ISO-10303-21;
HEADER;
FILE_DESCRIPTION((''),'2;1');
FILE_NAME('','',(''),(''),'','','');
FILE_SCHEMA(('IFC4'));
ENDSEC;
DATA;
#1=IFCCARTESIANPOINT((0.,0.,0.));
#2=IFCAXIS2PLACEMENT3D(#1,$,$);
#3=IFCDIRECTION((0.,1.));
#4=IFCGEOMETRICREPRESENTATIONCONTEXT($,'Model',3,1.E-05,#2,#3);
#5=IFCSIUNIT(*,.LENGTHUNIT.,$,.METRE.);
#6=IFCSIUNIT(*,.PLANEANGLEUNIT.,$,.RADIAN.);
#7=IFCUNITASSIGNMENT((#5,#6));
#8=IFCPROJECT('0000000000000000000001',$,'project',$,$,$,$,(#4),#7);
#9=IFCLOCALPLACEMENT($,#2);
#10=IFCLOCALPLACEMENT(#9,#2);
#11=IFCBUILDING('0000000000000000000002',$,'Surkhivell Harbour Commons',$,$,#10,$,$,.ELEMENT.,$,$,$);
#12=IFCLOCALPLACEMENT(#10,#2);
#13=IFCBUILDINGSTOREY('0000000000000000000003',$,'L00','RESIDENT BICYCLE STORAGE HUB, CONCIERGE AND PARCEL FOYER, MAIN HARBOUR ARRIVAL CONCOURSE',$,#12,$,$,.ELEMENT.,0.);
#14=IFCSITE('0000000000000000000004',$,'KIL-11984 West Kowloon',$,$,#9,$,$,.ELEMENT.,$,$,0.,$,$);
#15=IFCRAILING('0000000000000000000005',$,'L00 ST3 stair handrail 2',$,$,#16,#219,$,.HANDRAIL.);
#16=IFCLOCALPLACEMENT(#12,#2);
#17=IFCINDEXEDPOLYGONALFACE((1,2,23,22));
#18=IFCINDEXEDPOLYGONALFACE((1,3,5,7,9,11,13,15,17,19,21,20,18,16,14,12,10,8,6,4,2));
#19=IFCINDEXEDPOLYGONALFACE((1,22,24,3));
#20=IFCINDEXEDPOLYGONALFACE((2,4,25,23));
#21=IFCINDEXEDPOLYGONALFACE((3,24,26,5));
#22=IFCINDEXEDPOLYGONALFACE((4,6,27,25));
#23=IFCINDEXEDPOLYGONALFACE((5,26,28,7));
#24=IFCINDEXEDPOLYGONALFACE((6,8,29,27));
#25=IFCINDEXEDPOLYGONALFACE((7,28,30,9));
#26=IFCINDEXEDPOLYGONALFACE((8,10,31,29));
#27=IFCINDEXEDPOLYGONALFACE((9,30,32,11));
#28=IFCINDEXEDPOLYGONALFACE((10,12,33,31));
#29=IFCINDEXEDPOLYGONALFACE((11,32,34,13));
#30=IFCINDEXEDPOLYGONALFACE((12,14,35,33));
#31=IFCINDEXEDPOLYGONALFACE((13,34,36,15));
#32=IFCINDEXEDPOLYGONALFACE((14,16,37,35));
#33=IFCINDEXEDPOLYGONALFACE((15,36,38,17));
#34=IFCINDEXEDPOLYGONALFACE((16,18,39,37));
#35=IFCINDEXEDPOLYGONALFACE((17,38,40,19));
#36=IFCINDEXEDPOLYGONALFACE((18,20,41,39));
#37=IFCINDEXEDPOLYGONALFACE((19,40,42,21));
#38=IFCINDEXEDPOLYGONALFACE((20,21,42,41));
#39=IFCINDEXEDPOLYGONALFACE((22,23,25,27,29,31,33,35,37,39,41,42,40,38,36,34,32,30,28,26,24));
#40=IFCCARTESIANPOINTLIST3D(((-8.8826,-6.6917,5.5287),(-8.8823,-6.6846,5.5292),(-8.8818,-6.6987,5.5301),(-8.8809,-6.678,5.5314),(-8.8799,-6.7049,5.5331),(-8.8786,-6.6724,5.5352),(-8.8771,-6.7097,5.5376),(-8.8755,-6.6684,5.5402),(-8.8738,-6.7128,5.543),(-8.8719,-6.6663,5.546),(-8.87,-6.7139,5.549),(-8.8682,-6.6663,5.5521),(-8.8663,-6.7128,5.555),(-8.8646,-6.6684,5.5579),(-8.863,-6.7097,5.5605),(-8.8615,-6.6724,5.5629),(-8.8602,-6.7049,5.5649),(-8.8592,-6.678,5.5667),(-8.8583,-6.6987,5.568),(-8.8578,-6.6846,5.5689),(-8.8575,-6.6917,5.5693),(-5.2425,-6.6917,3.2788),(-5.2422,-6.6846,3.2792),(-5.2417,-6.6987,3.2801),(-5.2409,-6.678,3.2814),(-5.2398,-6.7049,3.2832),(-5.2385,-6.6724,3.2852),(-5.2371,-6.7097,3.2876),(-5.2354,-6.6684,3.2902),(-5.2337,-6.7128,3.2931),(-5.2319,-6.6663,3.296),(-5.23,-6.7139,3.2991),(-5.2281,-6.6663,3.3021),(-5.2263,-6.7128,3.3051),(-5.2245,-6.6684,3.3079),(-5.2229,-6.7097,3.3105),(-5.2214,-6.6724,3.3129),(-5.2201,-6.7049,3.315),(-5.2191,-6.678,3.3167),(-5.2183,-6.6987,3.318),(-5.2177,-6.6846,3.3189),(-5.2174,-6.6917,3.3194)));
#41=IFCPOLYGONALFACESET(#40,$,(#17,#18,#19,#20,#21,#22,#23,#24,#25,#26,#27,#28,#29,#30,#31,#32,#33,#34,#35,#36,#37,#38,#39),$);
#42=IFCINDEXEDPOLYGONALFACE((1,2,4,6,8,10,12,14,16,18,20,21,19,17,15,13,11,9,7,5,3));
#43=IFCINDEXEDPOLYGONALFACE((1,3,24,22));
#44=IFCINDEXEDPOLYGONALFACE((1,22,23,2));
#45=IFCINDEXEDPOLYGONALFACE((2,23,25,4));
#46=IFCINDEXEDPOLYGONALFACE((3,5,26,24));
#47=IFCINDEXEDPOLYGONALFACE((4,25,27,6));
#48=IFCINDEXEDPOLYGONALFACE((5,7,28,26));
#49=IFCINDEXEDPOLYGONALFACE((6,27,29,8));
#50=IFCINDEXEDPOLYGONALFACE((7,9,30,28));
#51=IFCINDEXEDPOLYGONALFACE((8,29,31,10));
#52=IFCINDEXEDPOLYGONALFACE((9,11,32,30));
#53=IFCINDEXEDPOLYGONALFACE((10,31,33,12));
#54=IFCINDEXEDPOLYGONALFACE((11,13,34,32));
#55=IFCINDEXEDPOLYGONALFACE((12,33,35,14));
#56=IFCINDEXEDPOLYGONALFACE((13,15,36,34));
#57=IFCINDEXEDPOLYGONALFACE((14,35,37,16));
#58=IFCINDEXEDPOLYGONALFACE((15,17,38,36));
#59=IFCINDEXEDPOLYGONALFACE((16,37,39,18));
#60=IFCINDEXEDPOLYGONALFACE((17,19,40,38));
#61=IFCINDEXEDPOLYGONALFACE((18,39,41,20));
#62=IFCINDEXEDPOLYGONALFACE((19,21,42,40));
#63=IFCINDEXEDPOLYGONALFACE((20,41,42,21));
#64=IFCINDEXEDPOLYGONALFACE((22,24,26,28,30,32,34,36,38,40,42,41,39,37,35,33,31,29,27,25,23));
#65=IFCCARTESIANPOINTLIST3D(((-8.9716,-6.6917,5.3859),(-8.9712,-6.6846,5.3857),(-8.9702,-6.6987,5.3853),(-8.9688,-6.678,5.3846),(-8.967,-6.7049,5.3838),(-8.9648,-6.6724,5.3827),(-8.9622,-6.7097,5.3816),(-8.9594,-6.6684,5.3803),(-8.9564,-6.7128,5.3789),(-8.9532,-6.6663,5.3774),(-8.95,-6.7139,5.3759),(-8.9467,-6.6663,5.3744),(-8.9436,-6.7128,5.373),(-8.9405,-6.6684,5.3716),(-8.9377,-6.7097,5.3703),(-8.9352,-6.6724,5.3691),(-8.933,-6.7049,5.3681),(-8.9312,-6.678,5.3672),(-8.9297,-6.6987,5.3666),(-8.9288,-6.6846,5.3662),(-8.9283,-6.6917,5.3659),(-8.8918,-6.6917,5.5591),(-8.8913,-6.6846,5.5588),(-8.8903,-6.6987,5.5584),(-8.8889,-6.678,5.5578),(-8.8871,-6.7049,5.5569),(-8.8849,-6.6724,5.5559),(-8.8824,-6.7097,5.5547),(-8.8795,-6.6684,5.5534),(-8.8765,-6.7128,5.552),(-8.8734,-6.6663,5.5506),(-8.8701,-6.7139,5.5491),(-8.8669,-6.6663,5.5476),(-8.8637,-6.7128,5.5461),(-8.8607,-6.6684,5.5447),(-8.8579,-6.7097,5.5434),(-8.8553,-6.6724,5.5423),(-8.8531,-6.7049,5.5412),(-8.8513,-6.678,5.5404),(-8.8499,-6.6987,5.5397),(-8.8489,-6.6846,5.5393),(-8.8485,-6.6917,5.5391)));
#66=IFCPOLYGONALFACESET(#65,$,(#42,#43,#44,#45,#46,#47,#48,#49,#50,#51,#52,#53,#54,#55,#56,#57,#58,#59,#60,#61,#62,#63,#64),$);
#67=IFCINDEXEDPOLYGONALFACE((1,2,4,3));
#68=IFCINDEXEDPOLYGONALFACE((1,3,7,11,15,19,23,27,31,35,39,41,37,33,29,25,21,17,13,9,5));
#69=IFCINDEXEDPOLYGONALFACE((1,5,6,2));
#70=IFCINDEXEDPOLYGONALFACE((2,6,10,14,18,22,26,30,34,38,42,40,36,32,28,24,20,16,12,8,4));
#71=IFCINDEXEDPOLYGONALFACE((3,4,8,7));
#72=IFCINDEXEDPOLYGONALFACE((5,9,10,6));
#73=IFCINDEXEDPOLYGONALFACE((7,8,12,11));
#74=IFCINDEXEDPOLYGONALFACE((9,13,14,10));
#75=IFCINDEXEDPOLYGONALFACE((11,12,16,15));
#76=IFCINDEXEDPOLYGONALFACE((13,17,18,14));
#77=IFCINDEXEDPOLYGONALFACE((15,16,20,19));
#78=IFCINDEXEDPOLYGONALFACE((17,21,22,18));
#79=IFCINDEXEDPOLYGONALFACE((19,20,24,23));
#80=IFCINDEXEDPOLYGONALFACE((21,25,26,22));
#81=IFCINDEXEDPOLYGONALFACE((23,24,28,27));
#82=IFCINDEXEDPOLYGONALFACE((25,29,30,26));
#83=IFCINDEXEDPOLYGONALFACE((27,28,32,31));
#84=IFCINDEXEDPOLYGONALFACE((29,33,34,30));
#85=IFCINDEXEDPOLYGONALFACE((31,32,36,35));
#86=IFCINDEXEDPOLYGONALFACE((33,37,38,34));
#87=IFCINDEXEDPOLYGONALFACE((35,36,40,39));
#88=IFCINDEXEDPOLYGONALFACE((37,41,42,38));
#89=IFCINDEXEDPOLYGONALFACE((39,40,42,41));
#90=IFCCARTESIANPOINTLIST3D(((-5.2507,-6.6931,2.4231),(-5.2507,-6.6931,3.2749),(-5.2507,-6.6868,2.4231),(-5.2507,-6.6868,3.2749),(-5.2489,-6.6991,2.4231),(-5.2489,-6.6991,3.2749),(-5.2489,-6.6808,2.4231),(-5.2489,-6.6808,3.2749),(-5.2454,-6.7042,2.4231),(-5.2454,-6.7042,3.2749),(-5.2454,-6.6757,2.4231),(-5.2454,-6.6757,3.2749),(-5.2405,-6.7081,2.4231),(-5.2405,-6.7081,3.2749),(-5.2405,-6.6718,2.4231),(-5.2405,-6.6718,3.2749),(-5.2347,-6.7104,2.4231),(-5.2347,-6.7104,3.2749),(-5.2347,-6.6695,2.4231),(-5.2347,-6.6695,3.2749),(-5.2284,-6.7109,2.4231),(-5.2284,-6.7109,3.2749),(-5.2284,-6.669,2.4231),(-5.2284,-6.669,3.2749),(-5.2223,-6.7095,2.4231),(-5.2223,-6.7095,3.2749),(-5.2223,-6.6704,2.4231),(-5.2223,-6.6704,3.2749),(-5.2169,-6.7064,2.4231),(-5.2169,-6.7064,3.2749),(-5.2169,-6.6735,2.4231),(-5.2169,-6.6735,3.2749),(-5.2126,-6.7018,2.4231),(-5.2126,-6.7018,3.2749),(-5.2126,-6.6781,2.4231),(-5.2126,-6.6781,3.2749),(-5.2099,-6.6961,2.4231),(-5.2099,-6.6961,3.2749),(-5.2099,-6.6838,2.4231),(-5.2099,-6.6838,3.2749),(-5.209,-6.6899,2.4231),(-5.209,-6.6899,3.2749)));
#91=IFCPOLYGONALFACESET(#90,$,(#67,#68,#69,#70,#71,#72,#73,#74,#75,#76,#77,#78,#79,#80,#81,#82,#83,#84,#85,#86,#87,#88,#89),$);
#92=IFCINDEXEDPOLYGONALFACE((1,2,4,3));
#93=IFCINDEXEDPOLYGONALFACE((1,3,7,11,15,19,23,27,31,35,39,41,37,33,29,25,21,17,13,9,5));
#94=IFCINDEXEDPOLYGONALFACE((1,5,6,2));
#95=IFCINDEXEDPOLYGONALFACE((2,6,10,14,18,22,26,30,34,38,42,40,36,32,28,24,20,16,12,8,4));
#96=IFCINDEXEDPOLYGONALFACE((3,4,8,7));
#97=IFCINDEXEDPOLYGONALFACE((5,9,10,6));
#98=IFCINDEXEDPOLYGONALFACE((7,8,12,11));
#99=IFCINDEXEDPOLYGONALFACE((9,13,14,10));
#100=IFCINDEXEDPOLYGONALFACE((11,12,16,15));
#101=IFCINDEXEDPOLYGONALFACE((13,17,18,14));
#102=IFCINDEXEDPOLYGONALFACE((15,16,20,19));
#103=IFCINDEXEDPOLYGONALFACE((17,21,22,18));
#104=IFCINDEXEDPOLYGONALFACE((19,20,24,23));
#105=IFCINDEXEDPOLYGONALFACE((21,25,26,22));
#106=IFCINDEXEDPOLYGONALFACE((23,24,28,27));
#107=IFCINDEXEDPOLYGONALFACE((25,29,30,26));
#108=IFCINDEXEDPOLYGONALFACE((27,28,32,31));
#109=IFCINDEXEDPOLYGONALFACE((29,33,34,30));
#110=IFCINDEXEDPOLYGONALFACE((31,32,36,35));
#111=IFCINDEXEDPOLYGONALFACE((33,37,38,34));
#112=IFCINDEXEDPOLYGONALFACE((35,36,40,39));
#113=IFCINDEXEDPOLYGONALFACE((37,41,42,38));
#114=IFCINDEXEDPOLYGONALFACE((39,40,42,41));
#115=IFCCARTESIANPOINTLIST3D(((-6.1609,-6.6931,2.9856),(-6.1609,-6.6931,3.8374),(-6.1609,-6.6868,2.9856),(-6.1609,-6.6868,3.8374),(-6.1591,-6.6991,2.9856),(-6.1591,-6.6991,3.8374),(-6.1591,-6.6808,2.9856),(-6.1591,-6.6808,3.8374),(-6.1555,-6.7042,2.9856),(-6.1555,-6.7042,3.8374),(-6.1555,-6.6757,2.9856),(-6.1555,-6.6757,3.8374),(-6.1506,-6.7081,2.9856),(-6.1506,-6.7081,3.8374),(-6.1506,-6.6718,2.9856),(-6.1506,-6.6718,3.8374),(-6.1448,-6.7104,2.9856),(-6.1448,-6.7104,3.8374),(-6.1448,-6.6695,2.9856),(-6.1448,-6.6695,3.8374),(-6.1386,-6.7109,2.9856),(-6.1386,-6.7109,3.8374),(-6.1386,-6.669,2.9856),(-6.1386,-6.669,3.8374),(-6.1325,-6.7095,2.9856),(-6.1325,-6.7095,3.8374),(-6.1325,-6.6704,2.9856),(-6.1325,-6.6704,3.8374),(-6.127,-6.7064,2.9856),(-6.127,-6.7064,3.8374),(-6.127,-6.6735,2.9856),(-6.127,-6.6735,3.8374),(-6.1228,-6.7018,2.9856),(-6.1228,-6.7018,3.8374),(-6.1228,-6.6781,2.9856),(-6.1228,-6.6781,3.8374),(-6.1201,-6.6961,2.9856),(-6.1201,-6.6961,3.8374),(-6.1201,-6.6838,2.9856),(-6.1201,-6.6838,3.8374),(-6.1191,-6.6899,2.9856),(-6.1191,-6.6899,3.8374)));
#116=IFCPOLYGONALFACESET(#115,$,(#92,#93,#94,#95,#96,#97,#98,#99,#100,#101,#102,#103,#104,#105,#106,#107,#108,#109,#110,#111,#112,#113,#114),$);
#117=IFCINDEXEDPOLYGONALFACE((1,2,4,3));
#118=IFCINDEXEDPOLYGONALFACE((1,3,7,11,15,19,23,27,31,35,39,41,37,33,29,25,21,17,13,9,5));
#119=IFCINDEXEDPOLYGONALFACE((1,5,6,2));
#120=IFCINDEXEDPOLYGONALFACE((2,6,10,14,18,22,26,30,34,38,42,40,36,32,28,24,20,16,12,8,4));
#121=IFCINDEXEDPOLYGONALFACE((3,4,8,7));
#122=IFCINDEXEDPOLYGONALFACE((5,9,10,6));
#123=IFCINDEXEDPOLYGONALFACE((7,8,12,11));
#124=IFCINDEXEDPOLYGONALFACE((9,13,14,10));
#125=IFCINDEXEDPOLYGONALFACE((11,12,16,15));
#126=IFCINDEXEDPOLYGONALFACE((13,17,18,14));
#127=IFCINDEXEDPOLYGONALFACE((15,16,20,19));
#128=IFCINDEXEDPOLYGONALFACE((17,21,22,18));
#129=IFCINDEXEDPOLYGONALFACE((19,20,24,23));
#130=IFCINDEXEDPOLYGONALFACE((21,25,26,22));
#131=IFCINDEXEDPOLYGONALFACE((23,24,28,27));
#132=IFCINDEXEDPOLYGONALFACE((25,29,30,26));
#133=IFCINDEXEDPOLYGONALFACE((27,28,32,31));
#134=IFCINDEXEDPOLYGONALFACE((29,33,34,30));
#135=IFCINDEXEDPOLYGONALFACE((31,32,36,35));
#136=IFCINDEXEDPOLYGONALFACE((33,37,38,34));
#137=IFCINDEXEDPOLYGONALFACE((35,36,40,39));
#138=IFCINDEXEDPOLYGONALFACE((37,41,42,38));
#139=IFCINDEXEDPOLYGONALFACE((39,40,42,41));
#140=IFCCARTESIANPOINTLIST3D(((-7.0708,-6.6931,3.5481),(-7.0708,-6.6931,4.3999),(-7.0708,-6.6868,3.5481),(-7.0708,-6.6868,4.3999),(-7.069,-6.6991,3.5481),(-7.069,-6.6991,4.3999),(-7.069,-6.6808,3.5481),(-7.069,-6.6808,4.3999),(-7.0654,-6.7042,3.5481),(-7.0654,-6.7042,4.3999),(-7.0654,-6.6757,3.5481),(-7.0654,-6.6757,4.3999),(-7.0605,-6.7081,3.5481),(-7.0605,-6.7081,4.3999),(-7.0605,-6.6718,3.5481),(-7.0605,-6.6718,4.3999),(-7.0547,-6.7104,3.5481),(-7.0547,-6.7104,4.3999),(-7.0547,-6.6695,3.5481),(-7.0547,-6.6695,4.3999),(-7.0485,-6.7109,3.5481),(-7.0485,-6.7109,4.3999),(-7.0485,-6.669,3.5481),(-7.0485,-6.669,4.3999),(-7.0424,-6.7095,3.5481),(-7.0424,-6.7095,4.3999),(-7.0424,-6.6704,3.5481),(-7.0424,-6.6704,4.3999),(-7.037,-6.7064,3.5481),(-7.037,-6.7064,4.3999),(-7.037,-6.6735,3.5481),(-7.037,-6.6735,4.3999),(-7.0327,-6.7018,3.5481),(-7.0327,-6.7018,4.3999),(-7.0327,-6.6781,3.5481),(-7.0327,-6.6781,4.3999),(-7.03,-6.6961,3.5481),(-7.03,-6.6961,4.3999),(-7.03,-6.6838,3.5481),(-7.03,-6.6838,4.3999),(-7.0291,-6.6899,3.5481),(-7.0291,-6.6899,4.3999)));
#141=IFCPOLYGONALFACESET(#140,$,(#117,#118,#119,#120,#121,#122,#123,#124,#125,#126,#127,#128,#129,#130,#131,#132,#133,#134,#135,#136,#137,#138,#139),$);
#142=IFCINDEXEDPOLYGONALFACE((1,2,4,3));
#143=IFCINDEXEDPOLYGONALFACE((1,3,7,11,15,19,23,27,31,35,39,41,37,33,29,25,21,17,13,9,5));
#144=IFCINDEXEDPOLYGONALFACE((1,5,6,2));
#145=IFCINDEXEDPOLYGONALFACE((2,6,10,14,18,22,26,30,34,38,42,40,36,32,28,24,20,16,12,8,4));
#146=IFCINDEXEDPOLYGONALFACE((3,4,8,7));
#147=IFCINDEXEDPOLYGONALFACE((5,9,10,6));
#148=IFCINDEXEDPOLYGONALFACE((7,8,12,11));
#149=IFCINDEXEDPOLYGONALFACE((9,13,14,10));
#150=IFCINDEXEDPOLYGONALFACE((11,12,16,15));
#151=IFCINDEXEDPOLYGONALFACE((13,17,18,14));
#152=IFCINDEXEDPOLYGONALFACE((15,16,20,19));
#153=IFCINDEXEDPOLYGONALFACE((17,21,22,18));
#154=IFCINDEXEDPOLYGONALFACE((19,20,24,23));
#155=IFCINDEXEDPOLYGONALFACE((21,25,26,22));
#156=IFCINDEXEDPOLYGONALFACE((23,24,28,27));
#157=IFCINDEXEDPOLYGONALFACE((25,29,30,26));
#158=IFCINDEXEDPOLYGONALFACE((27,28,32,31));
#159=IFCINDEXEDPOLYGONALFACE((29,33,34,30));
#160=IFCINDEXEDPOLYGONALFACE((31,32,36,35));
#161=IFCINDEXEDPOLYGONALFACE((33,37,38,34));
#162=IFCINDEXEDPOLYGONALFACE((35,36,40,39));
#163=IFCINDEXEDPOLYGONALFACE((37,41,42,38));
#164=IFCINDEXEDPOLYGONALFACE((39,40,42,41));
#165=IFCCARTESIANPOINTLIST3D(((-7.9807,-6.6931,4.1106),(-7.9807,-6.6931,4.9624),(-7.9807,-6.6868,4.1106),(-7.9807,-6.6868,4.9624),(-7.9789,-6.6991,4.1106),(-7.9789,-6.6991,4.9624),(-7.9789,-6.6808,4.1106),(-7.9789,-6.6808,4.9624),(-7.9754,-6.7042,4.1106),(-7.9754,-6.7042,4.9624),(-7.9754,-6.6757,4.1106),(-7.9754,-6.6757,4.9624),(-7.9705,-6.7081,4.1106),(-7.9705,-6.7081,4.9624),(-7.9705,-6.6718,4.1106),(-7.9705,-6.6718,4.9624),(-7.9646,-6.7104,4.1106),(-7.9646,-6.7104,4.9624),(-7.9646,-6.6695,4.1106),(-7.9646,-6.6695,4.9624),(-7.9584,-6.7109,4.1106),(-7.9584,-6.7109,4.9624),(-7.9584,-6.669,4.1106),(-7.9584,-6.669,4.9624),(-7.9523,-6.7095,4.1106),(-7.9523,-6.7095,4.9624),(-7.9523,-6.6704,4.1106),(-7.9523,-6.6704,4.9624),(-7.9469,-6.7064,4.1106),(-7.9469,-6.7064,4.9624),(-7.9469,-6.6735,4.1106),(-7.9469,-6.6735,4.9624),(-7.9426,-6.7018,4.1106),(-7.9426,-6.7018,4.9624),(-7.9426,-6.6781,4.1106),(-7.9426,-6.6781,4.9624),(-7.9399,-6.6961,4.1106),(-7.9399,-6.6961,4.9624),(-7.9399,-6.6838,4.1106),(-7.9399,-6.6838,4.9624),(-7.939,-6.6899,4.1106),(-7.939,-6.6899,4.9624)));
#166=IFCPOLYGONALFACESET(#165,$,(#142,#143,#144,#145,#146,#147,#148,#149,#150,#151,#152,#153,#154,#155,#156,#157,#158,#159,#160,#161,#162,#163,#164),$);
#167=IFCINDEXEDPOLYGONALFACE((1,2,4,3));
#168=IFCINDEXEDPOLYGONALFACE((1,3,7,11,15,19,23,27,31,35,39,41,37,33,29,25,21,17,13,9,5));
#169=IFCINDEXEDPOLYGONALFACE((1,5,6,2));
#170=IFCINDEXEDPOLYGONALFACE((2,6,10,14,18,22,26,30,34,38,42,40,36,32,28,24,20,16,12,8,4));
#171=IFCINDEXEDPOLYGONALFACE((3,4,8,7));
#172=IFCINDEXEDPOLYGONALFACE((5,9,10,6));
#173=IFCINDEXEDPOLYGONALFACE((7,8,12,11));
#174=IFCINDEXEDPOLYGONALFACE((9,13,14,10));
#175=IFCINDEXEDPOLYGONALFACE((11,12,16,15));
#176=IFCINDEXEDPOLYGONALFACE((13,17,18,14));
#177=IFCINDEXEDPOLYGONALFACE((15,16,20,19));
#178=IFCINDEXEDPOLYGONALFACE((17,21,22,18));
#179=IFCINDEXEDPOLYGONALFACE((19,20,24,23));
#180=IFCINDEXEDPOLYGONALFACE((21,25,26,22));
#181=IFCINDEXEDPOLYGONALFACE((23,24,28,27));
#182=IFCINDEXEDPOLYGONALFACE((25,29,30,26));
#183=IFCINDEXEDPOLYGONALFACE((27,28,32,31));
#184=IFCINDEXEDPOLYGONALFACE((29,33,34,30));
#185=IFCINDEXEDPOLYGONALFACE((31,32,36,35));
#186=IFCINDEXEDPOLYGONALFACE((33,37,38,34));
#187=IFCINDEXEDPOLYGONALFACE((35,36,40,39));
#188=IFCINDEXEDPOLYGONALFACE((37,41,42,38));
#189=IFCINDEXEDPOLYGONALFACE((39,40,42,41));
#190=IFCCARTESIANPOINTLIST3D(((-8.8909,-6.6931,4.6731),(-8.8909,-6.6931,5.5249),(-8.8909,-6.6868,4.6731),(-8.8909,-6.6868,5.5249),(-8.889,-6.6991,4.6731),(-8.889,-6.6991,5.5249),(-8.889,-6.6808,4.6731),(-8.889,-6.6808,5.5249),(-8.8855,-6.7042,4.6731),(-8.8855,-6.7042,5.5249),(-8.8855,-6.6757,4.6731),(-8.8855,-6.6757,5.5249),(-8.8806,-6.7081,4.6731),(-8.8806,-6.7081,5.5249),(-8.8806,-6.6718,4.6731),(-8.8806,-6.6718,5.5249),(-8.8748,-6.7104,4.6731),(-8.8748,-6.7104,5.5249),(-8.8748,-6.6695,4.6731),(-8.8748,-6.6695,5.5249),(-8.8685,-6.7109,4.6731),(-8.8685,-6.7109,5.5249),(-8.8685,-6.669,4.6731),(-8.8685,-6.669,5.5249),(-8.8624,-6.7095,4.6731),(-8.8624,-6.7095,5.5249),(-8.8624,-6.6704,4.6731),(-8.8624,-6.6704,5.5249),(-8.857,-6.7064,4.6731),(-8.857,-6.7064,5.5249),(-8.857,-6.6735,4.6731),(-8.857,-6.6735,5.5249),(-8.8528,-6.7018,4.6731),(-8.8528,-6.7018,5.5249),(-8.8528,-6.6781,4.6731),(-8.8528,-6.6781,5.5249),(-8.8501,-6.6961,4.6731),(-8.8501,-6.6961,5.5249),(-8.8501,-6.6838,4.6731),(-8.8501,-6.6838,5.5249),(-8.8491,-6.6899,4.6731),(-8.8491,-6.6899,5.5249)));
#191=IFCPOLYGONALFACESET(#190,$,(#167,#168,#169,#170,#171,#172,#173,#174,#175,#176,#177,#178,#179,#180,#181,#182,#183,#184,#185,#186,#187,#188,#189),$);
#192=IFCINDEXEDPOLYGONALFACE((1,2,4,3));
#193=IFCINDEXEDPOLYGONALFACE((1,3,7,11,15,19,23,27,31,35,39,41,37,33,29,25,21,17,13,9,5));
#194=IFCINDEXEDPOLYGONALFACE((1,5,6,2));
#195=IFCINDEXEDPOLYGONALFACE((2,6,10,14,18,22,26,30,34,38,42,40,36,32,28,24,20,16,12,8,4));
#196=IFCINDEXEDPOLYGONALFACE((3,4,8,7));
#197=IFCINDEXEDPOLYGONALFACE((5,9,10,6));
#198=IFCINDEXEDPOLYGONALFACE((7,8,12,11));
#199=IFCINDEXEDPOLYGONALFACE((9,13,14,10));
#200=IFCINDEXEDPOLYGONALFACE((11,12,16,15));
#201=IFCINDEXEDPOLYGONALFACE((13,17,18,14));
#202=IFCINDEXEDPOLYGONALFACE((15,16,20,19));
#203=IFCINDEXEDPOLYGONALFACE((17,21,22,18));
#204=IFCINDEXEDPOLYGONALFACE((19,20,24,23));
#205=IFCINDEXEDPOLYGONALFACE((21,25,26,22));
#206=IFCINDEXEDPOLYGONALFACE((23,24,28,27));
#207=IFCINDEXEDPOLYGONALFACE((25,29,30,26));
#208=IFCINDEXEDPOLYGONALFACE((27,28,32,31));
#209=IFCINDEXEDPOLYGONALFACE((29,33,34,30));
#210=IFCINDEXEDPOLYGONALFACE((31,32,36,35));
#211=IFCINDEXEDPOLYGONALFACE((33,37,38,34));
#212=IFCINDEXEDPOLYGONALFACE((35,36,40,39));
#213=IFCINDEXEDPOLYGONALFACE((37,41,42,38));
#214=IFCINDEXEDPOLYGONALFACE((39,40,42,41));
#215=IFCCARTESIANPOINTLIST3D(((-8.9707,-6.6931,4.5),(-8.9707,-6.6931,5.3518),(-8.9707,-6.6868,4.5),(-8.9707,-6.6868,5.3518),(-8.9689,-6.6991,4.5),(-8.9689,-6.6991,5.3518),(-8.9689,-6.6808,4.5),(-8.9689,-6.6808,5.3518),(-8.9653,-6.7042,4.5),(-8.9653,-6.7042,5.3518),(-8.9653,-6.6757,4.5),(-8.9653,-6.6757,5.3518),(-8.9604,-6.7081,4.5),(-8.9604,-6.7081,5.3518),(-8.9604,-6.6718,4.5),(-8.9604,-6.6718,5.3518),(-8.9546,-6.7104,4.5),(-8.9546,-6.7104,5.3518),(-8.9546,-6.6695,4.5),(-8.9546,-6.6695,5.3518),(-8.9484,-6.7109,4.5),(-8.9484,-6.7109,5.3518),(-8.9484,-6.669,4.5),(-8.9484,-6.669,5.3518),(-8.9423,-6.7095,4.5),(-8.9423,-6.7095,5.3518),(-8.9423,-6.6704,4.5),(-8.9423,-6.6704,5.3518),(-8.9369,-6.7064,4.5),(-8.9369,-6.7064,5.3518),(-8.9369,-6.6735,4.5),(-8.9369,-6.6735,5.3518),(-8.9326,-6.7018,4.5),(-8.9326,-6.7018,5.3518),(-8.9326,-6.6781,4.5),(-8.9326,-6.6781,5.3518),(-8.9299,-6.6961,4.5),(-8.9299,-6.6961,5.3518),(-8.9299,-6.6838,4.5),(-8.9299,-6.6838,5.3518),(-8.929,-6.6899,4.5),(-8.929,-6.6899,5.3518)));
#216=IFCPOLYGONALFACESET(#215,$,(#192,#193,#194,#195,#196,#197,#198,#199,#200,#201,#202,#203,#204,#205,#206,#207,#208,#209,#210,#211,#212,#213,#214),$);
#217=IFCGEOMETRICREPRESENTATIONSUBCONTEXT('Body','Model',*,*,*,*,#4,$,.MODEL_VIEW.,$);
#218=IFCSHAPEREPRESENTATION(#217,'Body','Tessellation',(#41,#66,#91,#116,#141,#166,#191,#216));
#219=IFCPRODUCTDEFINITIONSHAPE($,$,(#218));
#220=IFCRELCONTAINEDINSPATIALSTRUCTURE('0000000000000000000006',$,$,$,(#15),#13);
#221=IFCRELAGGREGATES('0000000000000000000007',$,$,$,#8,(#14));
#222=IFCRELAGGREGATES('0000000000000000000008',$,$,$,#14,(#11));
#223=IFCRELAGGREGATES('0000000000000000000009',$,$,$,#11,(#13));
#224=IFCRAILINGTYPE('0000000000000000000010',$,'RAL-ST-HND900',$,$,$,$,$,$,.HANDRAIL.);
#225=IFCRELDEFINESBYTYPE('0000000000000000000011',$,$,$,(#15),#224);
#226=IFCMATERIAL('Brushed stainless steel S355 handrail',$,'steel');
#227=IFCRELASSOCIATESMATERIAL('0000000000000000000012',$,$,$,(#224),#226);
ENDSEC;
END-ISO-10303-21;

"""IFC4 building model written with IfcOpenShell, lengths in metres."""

from ifc_helpers import new_model, si_unit, direction, frame, origin, origin_2d, place, context, subcontext, project, spatial, circle, extrude, material, type_object, element, save


model = new_model("IFC4")

# Units and contexts
model_context = context("Model", 3, precision=1e-05, world=origin(), true_north=direction((0.0, 1.0)))
body_context = subcontext(model_context, "Body", "Model", "MODEL_VIEW")
ifc_project = project(units=[si_unit("LENGTHUNIT", "METRE"), si_unit("PLANEANGLEUNIT", "RADIAN")], contexts=[model_context])

# Site, building, storey
site_placement = place(None, origin())
site = spatial("IfcSite", under=ifc_project, at=site_placement, Name="KIL-11984 West Kowloon", CompositionType="ELEMENT", RefElevation=0.0)
building_placement = place(site_placement, origin())
building = spatial("IfcBuilding", under=site, at=building_placement, Name="Surkhivell Harbour Commons", CompositionType="ELEMENT")
storey_placement = place(building_placement, origin())
storey = spatial("IfcBuildingStorey", under=building, at=storey_placement, Name="L00", Description="RESIDENT BICYCLE STORAGE HUB, CONCIERGE AND PARCEL FOYER, MAIN HARBOUR ARRIVAL CONCOURSE", CompositionType="ELEMENT", Elevation=0.0)

# Railing
ifc_material_1 = material(Name="Brushed stainless steel S355 handrail", Category="steel")
railing_type_1 = type_object("IfcRailingType", Name="RAL-ST-HND900", PredefinedType="HANDRAIL", material=ifc_material_1)
railing_1_placement = place(storey_placement, frame((-5.23, -6.6899, 2.4231)))
element("IfcRailing", 1, at=railing_1_placement, inside=storey, type_object=railing_type_1, Name="L00 ST3 stair handrail 2", PredefinedType="HANDRAIL", context=body_context, shape_type="SweptSolid", body=[
    extrude(circle(Radius=0.0239, at=origin_2d()), frame((0.0, 0.0, 0.876), z_axis=(-0.850622, 0.0, 0.525777), x_axis=(0.0, -1.0, 0.0)), (0.0, 0.0, 1.0), 4.2793),
    extrude(circle(Radius=0.0239, at=origin_2d()), frame((-3.6401, 0.0, 3.126), z_axis=(-0.418815, 0.0, -0.908072), x_axis=(0.0, -1.0, 0.0)), (0.0, 0.0, 1.0), 0.1907),
    extrude(circle(Radius=0.021, at=origin_2d()), origin(), (0.0, 0.0, 1.0), 0.8518),
    extrude(circle(Radius=0.021, at=origin_2d()), frame((-0.9102, 0.0, 0.5625)), (0.0, 0.0, 1.0), 0.8518),
    extrude(circle(Radius=0.021, at=origin_2d()), frame((-1.8201, 0.0, 1.125)), (0.0, 0.0, 1.0), 0.8518),
    extrude(circle(Radius=0.021, at=origin_2d()), frame((-2.73, 0.0, 1.6875)), (0.0, 0.0, 1.0), 0.8518),
    extrude(circle(Radius=0.021, at=origin_2d()), frame((-3.6401, 0.0, 2.25)), (0.0, 0.0, 1.0), 0.8518),
    extrude(circle(Radius=0.021, at=origin_2d()), frame((-3.72, 0.0, 2.0769)), (0.0, 0.0, 1.0), 0.8518),
])

save(model, "model.ifc")
